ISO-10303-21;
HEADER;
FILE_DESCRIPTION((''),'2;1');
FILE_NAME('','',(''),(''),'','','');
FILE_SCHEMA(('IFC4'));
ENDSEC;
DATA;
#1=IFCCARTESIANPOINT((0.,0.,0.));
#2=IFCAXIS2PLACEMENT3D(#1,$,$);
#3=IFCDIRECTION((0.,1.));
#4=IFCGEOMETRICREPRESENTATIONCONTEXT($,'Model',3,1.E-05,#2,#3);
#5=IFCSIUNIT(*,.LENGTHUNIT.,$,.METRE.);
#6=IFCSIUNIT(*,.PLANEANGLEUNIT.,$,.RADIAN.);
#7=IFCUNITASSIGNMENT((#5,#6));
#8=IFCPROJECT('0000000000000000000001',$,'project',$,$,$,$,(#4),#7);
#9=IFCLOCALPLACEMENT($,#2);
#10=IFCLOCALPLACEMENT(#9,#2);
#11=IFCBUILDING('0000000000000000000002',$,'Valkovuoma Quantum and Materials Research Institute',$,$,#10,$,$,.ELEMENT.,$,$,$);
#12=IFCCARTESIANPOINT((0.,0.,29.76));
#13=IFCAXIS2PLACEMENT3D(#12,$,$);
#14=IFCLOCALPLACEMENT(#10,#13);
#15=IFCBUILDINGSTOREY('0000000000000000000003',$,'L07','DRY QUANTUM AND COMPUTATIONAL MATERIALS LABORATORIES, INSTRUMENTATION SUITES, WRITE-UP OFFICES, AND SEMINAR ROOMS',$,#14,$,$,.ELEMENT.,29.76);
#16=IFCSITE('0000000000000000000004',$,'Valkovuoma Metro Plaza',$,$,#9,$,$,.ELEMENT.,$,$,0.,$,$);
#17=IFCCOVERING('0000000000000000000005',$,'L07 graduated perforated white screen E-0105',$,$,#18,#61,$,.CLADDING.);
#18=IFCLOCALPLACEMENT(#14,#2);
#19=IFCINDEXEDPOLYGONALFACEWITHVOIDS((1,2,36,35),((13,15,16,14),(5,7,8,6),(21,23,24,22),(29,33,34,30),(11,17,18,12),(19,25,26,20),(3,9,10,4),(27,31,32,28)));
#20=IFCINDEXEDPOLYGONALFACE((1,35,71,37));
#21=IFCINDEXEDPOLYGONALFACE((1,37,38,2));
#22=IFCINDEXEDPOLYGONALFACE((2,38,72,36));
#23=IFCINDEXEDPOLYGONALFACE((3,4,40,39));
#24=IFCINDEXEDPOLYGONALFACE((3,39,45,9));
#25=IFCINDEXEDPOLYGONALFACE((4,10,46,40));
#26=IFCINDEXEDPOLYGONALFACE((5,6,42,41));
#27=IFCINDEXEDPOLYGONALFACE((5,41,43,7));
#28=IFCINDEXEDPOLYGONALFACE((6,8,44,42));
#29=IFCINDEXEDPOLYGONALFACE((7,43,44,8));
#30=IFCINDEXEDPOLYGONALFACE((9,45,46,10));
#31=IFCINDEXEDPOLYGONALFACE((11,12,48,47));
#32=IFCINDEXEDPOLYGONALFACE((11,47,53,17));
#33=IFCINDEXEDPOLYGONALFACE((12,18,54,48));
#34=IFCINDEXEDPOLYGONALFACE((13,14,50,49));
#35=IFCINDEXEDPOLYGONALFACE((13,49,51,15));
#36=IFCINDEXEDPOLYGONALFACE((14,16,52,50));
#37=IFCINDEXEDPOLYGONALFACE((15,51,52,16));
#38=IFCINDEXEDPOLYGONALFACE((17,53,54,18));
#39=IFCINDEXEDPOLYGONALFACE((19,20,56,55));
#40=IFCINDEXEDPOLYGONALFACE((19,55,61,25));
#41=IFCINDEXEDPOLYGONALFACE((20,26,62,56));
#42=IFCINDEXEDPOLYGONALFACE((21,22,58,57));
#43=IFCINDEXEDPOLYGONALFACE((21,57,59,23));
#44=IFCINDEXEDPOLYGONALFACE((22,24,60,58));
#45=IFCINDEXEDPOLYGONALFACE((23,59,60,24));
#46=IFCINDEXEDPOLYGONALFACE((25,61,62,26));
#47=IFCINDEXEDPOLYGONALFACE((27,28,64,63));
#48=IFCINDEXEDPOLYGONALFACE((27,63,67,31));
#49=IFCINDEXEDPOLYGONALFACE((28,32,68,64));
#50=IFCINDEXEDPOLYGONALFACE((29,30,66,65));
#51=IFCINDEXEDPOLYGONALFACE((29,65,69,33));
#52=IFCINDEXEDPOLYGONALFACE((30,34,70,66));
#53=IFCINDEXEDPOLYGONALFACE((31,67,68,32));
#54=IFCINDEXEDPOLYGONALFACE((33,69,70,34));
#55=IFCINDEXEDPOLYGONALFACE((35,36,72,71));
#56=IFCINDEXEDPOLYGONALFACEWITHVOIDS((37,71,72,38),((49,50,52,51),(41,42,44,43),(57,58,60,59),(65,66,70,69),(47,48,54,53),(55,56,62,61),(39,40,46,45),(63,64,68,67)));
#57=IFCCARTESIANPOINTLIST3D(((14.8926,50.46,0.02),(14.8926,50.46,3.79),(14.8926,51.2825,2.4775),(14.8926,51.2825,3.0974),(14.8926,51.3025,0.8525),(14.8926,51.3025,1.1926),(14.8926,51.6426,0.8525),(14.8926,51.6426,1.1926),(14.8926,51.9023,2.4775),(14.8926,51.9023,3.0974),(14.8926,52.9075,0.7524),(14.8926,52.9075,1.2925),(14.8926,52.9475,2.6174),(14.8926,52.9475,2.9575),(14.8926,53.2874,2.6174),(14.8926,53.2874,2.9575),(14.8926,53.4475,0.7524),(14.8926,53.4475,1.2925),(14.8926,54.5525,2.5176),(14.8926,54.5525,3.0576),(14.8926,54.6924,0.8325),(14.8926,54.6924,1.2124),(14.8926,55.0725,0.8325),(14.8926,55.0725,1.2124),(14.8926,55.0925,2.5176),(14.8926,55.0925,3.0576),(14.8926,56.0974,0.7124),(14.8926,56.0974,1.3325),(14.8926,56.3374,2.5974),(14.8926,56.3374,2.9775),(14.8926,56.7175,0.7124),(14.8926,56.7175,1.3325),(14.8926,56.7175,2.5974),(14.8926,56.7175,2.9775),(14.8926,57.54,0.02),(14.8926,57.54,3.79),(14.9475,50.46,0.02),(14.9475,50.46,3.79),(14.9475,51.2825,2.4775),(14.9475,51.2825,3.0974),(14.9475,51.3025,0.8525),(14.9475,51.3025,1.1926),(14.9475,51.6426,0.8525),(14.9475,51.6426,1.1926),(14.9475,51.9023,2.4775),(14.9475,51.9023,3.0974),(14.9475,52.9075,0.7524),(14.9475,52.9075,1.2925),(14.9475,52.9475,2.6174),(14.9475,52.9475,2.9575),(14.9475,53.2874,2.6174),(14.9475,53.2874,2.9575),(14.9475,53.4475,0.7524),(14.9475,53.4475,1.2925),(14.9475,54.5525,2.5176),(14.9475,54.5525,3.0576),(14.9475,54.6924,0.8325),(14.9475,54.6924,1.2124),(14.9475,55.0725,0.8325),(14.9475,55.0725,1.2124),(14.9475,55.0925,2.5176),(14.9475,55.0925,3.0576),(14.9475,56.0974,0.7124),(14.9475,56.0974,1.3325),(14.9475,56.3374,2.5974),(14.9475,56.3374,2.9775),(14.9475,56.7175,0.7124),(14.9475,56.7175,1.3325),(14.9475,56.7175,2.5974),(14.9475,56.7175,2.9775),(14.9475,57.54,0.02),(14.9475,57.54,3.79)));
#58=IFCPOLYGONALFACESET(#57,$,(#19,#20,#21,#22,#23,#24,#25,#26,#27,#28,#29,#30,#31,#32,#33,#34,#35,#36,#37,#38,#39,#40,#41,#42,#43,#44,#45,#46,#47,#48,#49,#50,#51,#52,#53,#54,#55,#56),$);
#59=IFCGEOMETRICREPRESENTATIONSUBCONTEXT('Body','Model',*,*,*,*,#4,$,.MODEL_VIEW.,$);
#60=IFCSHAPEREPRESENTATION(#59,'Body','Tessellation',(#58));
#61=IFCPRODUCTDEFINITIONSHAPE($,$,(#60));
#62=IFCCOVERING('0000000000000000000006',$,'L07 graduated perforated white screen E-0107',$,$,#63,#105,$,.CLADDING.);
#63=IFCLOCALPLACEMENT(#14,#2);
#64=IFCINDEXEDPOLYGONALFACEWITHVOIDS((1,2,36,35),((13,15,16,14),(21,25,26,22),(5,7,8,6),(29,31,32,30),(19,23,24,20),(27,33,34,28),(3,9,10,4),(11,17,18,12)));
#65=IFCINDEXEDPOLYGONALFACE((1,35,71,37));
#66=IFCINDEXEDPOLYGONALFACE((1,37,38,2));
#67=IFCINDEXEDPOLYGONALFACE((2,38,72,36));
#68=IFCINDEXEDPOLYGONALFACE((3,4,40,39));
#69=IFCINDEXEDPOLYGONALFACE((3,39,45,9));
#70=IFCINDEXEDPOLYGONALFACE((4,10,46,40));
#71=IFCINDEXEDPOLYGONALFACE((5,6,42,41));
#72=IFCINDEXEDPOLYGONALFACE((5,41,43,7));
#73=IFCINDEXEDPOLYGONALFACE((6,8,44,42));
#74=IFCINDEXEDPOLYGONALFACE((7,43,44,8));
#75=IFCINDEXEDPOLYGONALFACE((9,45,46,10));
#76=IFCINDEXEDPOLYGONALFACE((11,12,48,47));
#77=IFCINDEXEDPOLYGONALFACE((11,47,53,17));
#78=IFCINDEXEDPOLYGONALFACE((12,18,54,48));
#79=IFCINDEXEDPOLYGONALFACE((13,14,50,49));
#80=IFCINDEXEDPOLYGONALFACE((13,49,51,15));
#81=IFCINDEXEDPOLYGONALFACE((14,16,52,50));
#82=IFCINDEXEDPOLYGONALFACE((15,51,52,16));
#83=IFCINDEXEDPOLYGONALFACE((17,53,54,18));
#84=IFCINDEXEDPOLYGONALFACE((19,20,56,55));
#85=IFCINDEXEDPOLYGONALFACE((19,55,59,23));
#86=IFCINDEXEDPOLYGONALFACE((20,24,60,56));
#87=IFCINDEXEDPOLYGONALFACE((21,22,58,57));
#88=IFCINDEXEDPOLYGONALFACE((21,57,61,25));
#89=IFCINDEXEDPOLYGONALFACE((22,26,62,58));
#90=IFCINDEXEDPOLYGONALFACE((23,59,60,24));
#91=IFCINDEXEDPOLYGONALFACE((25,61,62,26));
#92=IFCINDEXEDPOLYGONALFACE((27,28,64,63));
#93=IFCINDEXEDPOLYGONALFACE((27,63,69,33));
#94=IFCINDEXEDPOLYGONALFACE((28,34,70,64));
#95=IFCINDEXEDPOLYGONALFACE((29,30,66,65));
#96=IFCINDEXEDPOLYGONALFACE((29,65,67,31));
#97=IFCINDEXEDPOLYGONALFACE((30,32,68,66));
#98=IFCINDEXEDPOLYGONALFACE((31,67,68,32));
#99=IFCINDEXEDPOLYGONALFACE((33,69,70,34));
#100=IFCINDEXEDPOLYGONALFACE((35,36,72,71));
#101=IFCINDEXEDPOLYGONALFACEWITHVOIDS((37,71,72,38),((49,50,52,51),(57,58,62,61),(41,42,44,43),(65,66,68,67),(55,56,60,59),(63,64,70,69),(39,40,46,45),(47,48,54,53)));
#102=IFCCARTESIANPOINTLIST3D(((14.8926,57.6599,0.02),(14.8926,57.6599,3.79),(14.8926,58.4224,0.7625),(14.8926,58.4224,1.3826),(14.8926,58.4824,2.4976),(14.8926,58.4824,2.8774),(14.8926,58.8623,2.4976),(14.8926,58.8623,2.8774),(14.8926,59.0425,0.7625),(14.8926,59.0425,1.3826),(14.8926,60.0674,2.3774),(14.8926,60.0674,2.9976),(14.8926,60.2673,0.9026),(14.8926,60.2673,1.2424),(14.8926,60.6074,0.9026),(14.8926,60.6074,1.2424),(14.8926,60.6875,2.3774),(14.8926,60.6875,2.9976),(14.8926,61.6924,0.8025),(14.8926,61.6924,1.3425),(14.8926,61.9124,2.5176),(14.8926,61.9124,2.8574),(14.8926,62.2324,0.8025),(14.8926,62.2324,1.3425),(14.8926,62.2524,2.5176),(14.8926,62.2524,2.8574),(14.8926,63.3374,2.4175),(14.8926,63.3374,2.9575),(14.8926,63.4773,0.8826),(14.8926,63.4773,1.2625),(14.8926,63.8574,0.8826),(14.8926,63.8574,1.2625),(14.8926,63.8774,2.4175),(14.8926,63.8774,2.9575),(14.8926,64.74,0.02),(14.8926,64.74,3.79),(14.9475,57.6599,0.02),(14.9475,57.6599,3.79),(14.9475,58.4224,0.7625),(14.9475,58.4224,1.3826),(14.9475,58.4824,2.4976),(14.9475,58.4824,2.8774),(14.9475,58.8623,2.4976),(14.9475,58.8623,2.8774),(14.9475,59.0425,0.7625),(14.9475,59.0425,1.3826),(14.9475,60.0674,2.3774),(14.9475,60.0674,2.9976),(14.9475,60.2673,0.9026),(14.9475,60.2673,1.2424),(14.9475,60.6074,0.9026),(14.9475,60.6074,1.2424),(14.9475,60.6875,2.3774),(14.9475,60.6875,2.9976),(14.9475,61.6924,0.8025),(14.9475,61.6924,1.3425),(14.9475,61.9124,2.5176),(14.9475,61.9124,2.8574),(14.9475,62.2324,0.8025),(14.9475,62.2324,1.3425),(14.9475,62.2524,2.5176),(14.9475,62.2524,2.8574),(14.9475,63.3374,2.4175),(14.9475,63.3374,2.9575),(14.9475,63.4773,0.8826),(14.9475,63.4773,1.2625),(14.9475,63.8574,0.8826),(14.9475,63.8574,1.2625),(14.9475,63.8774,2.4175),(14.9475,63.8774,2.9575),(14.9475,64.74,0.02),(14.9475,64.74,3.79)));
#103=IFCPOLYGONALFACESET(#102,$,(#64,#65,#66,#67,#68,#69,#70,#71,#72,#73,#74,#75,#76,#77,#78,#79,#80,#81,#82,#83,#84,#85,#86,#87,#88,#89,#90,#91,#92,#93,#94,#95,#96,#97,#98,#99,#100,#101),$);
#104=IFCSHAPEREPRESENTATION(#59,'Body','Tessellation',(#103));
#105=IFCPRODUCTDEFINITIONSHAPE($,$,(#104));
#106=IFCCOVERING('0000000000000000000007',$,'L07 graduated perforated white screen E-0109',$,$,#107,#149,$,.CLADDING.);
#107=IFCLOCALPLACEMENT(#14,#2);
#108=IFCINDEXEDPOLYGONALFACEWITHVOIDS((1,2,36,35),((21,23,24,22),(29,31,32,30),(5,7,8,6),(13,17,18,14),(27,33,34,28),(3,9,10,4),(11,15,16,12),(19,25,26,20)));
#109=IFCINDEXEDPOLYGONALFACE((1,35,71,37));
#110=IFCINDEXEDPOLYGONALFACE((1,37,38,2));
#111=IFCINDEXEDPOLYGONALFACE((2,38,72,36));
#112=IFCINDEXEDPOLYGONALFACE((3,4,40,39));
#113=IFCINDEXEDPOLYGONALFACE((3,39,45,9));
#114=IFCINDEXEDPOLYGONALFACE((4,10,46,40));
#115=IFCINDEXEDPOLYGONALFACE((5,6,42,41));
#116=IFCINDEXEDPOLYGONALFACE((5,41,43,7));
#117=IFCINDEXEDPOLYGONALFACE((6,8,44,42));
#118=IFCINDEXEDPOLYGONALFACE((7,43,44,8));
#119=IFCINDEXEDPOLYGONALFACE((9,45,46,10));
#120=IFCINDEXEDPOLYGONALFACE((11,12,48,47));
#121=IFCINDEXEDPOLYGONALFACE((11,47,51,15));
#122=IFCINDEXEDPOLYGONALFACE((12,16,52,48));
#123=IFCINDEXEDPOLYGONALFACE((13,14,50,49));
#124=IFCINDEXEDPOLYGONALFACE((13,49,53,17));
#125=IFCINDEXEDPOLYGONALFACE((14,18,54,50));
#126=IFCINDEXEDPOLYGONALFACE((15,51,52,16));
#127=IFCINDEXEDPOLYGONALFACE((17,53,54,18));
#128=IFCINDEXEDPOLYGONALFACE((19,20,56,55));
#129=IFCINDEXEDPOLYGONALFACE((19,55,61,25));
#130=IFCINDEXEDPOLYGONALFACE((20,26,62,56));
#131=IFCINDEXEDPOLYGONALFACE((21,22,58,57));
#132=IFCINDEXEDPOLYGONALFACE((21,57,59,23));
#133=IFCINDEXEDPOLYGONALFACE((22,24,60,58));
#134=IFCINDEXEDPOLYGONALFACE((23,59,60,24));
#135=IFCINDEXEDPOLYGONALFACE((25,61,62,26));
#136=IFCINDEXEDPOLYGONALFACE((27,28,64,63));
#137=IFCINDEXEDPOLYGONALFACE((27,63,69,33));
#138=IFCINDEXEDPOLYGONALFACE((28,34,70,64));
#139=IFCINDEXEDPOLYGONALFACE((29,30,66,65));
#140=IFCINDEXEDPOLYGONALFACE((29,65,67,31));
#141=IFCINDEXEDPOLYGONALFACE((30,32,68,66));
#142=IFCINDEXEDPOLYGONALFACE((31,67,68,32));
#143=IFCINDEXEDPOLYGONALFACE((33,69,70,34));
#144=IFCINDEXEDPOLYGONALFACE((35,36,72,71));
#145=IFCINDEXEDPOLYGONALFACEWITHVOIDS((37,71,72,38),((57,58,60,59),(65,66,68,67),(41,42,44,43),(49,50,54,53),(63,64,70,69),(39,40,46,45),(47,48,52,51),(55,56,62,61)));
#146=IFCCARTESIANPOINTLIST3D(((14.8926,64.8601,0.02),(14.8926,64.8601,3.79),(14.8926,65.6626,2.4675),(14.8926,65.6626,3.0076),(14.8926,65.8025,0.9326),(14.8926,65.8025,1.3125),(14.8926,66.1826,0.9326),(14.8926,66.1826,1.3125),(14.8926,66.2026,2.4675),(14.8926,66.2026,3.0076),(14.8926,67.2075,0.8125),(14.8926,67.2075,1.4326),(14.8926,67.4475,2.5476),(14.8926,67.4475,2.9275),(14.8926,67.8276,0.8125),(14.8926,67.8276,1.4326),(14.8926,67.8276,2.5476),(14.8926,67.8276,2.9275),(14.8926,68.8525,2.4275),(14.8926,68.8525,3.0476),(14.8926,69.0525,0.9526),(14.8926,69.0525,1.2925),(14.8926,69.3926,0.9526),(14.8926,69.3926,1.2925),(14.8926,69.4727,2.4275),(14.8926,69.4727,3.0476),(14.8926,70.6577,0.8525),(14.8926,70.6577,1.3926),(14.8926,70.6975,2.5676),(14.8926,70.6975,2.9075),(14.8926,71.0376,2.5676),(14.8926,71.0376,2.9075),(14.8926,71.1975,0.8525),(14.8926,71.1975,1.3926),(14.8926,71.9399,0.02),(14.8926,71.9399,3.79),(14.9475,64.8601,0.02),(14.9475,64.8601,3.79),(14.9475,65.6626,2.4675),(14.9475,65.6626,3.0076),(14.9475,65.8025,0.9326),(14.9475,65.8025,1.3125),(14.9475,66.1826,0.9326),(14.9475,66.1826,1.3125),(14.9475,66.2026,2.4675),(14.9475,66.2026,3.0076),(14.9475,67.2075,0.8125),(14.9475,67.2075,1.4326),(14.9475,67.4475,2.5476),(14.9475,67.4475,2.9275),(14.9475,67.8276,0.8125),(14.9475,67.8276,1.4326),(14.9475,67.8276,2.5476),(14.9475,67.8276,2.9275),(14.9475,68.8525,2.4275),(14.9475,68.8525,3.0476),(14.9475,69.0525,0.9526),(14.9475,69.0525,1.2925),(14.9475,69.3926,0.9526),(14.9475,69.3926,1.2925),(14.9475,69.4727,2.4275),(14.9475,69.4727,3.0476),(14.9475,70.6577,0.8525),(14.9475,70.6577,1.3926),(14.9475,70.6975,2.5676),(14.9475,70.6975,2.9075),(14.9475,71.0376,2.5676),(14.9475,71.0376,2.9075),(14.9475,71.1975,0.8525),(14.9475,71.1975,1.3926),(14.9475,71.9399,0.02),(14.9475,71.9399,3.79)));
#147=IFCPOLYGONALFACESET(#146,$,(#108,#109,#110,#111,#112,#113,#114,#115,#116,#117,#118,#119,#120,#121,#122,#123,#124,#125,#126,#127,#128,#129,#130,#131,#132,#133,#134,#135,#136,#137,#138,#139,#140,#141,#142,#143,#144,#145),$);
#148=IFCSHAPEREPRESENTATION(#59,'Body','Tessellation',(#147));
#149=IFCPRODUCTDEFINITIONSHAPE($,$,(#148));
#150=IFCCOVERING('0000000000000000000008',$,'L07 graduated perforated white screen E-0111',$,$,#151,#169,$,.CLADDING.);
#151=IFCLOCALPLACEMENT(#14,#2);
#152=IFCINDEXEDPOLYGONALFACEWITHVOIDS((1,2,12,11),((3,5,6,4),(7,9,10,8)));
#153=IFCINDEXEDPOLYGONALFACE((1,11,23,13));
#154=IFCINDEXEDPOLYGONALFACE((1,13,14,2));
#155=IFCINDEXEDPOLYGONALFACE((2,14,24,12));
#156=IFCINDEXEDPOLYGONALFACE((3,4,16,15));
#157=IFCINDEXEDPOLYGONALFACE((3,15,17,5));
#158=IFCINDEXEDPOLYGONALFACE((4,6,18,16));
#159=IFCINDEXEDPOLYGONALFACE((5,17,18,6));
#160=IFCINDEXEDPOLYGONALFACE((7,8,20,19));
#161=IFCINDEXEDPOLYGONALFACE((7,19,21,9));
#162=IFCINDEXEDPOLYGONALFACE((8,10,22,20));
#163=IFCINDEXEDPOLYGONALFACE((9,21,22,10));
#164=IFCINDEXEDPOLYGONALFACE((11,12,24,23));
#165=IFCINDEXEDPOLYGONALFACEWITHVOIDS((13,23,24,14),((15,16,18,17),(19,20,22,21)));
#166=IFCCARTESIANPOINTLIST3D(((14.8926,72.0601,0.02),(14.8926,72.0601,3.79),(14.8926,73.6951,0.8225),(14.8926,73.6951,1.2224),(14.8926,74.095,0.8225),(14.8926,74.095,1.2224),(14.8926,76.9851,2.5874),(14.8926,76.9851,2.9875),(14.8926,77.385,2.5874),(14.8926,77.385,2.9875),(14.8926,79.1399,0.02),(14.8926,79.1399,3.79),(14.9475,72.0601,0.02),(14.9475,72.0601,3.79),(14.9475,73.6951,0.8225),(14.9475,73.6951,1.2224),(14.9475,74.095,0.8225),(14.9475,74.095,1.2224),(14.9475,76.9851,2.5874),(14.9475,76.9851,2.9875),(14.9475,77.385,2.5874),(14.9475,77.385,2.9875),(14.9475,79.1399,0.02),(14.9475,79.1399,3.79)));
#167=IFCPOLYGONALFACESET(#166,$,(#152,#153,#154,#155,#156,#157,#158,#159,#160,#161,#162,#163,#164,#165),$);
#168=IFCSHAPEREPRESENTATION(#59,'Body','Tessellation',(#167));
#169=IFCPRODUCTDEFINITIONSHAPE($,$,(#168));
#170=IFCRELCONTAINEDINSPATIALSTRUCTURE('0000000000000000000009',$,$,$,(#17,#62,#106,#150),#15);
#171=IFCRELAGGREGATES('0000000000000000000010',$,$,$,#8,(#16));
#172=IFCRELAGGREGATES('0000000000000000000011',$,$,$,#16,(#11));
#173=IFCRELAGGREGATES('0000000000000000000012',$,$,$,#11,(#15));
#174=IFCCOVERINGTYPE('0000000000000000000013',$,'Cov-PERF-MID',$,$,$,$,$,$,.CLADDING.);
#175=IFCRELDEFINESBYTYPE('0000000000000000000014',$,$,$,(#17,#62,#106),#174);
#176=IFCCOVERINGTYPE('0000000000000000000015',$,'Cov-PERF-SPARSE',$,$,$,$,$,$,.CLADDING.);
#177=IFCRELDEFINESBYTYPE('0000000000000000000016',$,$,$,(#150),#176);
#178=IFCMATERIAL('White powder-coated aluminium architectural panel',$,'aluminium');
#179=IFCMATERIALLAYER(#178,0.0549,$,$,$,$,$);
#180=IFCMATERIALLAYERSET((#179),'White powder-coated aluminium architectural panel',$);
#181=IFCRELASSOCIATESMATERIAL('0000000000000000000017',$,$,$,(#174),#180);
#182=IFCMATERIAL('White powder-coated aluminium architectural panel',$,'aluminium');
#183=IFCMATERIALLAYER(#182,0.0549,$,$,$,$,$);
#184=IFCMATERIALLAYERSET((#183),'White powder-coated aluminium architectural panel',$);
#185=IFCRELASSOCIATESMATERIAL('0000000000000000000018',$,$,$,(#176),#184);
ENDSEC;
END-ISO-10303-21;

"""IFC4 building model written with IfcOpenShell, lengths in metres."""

from ifc_helpers import new_model, si_unit, direction, frame, origin, place, context, subcontext, project, spatial, polyline, outline, extrude, material, layer, layer_set, type_object, element, save


model = new_model("IFC4")

# Units and contexts
model_context = context("Model", 3, precision=1e-05, world=origin(), true_north=direction((0.0, 1.0)))
body_context = subcontext(model_context, "Body", "Model", "MODEL_VIEW")
ifc_project = project(units=[si_unit("LENGTHUNIT", "METRE"), si_unit("PLANEANGLEUNIT", "RADIAN")], contexts=[model_context])

# Site, building, storey
site_placement = place(None, origin())
site = spatial("IfcSite", under=ifc_project, at=site_placement, Name="Valkovuoma Metro Plaza", CompositionType="ELEMENT", RefElevation=0.0)
building_placement = place(site_placement, origin())
building = spatial("IfcBuilding", under=site, at=building_placement, Name="Valkovuoma Quantum and Materials Research Institute", CompositionType="ELEMENT")
storey_placement = place(building_placement, frame((0.0, 0.0, 29.76)))
storey = spatial("IfcBuildingStorey", under=building, at=storey_placement, Name="L07", Description="DRY QUANTUM AND COMPUTATIONAL MATERIALS LABORATORIES, INSTRUMENTATION SUITES, WRITE-UP OFFICES, AND SEMINAR ROOMS", CompositionType="ELEMENT", Elevation=29.76)

# Coverings
ifc_material_1 = material(Name="White powder-coated aluminium architectural panel", Category="aluminium")
ifc_layer_1 = layer(ifc_material_1, 0.0549)
ifc_layer_set_1 = layer_set([ifc_layer_1], Name="White powder-coated aluminium architectural panel")
covering_type_1 = type_object("IfcCoveringType", Name="Cov-PERF-MID", PredefinedType="CLADDING", material=ifc_layer_set_1)
covering_1_placement = place(storey_placement, frame((14.9199, 50.46, 0.02), z_axis=(0.0, 0.0, 1.0), x_axis=(0.0, 1.0, 0.0)))
element("IfcCovering", 1, at=covering_1_placement, inside=storey, type_object=covering_type_1, Name="L07 graduated perforated white screen E-0105", PredefinedType="CLADDING", context=body_context, shape_type="SweptSolid", body=[
    extrude(outline(polyline([(0.0, 0.0), (7.0801, 0.0), (7.0801, 3.77), (0.0, 3.77), (0.0, 0.0)]), holes=[polyline([(0.8425, 0.8325), (0.8425, 1.1726), (1.1826, 1.1726), (1.1826, 0.8325), (0.8425, 0.8325)]), polyline([(0.8225, 2.4575), (0.8225, 3.0774), (1.4424, 3.0774), (1.4424, 2.4575), (0.8225, 2.4575)]), polyline([(2.4475, 0.7324), (2.4475, 1.2725), (2.9875, 1.2725), (2.9875, 0.7324), (2.4475, 0.7324)]), polyline([(2.4875, 2.5974), (2.4875, 2.9375), (2.8274, 2.9375), (2.8274, 2.5974), (2.4875, 2.5974)]), polyline([(4.2324, 0.8125), (4.2324, 1.1924), (4.6125, 1.1924), (4.6125, 0.8125), (4.2324, 0.8125)]), polyline([(4.0925, 2.4976), (4.0925, 3.0376), (4.6326, 3.0376), (4.6326, 2.4976), (4.0925, 2.4976)]), polyline([(5.6375, 0.6924), (5.6375, 1.3125), (6.2576, 1.3125), (6.2576, 0.6924), (5.6375, 0.6924)]), polyline([(5.8774, 2.5774), (5.8774, 2.9575), (6.2576, 2.9575), (6.2576, 2.5774), (5.8774, 2.5774)])]), frame((0.0, 0.0273, 0.0), z_axis=(0.0, -1.0, 0.0), x_axis=(1.0, 0.0, 0.0)), (0.0, 0.0, 1.0), 0.0549),
])
covering_2_placement = place(storey_placement, frame((14.9199, 57.6599, 0.02), z_axis=(0.0, 0.0, 1.0), x_axis=(0.0, 1.0, 0.0)))
element("IfcCovering", 2, at=covering_2_placement, inside=storey, type_object=covering_type_1, Name="L07 graduated perforated white screen E-0107", PredefinedType="CLADDING", context=body_context, shape_type="SweptSolid", body=[
    extrude(outline(polyline([(0.0, 0.0), (7.0801, 0.0), (7.0801, 3.77), (0.0, 3.77), (0.0, 0.0)]), holes=[polyline([(0.7625, 0.7424), (0.7625, 1.3625), (1.3826, 1.3625), (1.3826, 0.7424), (0.7625, 0.7424)]), polyline([(0.8225, 2.4775), (0.8225, 2.8574), (1.2024, 2.8574), (1.2024, 2.4775), (0.8225, 2.4775)]), polyline([(2.6074, 0.8826), (2.6074, 1.2224), (2.9475, 1.2224), (2.9475, 0.8826), (2.6074, 0.8826)]), polyline([(2.4075, 2.3574), (2.4075, 2.9775), (3.0276, 2.9775), (3.0276, 2.3574), (2.4075, 2.3574)]), polyline([(4.0325, 0.7825), (4.0325, 1.3225), (4.5725, 1.3225), (4.5725, 0.7825), (4.0325, 0.7825)]), polyline([(4.2524, 2.4976), (4.2524, 2.8374), (4.5925, 2.8374), (4.5925, 2.4976), (4.2524, 2.4976)]), polyline([(5.8174, 0.8625), (5.8174, 1.2424), (6.1975, 1.2424), (6.1975, 0.8625), (5.8174, 0.8625)]), polyline([(5.6775, 2.3975), (5.6775, 2.9375), (6.2175, 2.9375), (6.2175, 2.3975), (5.6775, 2.3975)])]), frame((0.0, 0.0273, 0.0), z_axis=(0.0, -1.0, 0.0), x_axis=(1.0, 0.0, 0.0)), (0.0, 0.0, 1.0), 0.0549),
])
covering_3_placement = place(storey_placement, frame((14.9199, 64.8601, 0.02), z_axis=(0.0, 0.0, 1.0), x_axis=(0.0, 1.0, 0.0)))
element("IfcCovering", 3, at=covering_3_placement, inside=storey, type_object=covering_type_1, Name="L07 graduated perforated white screen E-0109", PredefinedType="CLADDING", context=body_context, shape_type="SweptSolid", body=[
    extrude(outline(polyline([(0.0, 0.0), (7.0798, 0.0), (7.0798, 3.77), (0.0, 3.77), (0.0, 0.0)]), holes=[polyline([(0.9424, 0.9126), (0.9424, 1.2925), (1.3225, 1.2925), (1.3225, 0.9126), (0.9424, 0.9126)]), polyline([(0.8025, 2.4475), (0.8025, 2.9875), (1.3425, 2.9875), (1.3425, 2.4475), (0.8025, 2.4475)]), polyline([(2.3474, 0.7925), (2.3474, 1.4126), (2.9675, 1.4126), (2.9675, 0.7925), (2.3474, 0.7925)]), polyline([(2.5874, 2.5276), (2.5874, 2.9075), (2.9675, 2.9075), (2.9675, 2.5276), (2.5874, 2.5276)]), polyline([(4.1924, 0.9326), (4.1924, 1.2725), (4.5325, 1.2725), (4.5325, 0.9326), (4.1924, 0.9326)]), polyline([(3.9924, 2.4075), (3.9924, 3.0276), (4.6125, 3.0276), (4.6125, 2.4075), (3.9924, 2.4075)]), polyline([(5.7976, 0.8325), (5.7976, 1.3726), (6.3374, 1.3726), (6.3374, 0.8325), (5.7976, 0.8325)]), polyline([(5.8374, 2.5476), (5.8374, 2.8875), (6.1775, 2.8875), (6.1775, 2.5476), (5.8374, 2.5476)])]), frame((0.0, 0.0273, 0.0), z_axis=(0.0, -1.0, 0.0), x_axis=(1.0, 0.0, 0.0)), (0.0, 0.0, 1.0), 0.0549),
])
ifc_material_2 = material(Name="White powder-coated aluminium architectural panel", Category="aluminium")
ifc_layer_2 = layer(ifc_material_2, 0.0549)
ifc_layer_set_2 = layer_set([ifc_layer_2], Name="White powder-coated aluminium architectural panel")
covering_type_2 = type_object("IfcCoveringType", Name="Cov-PERF-SPARSE", PredefinedType="CLADDING", material=ifc_layer_set_2)
covering_4_placement = place(storey_placement, frame((14.9199, 72.0601, 0.02), z_axis=(0.0, 0.0, 1.0), x_axis=(0.0, 1.0, 0.0)))
element("IfcCovering", 4, at=covering_4_placement, inside=storey, type_object=covering_type_2, Name="L07 graduated perforated white screen E-0111", PredefinedType="CLADDING", context=body_context, shape_type="SweptSolid", body=[
    extrude(outline(polyline([(0.0, 0.0), (7.0798, 0.0), (7.0798, 3.77), (0.0, 3.77), (0.0, 0.0)]), holes=[polyline([(1.635, 0.8025), (1.635, 1.2024), (2.0349, 1.2024), (2.0349, 0.8025), (1.635, 0.8025)]), polyline([(4.925, 2.5674), (4.925, 2.9675), (5.325, 2.9675), (5.325, 2.5674), (4.925, 2.5674)])]), frame((0.0, 0.0273, 0.0), z_axis=(0.0, -1.0, 0.0), x_axis=(1.0, 0.0, 0.0)), (0.0, 0.0, 1.0), 0.0549),
])

save(model, "model.ifc")
